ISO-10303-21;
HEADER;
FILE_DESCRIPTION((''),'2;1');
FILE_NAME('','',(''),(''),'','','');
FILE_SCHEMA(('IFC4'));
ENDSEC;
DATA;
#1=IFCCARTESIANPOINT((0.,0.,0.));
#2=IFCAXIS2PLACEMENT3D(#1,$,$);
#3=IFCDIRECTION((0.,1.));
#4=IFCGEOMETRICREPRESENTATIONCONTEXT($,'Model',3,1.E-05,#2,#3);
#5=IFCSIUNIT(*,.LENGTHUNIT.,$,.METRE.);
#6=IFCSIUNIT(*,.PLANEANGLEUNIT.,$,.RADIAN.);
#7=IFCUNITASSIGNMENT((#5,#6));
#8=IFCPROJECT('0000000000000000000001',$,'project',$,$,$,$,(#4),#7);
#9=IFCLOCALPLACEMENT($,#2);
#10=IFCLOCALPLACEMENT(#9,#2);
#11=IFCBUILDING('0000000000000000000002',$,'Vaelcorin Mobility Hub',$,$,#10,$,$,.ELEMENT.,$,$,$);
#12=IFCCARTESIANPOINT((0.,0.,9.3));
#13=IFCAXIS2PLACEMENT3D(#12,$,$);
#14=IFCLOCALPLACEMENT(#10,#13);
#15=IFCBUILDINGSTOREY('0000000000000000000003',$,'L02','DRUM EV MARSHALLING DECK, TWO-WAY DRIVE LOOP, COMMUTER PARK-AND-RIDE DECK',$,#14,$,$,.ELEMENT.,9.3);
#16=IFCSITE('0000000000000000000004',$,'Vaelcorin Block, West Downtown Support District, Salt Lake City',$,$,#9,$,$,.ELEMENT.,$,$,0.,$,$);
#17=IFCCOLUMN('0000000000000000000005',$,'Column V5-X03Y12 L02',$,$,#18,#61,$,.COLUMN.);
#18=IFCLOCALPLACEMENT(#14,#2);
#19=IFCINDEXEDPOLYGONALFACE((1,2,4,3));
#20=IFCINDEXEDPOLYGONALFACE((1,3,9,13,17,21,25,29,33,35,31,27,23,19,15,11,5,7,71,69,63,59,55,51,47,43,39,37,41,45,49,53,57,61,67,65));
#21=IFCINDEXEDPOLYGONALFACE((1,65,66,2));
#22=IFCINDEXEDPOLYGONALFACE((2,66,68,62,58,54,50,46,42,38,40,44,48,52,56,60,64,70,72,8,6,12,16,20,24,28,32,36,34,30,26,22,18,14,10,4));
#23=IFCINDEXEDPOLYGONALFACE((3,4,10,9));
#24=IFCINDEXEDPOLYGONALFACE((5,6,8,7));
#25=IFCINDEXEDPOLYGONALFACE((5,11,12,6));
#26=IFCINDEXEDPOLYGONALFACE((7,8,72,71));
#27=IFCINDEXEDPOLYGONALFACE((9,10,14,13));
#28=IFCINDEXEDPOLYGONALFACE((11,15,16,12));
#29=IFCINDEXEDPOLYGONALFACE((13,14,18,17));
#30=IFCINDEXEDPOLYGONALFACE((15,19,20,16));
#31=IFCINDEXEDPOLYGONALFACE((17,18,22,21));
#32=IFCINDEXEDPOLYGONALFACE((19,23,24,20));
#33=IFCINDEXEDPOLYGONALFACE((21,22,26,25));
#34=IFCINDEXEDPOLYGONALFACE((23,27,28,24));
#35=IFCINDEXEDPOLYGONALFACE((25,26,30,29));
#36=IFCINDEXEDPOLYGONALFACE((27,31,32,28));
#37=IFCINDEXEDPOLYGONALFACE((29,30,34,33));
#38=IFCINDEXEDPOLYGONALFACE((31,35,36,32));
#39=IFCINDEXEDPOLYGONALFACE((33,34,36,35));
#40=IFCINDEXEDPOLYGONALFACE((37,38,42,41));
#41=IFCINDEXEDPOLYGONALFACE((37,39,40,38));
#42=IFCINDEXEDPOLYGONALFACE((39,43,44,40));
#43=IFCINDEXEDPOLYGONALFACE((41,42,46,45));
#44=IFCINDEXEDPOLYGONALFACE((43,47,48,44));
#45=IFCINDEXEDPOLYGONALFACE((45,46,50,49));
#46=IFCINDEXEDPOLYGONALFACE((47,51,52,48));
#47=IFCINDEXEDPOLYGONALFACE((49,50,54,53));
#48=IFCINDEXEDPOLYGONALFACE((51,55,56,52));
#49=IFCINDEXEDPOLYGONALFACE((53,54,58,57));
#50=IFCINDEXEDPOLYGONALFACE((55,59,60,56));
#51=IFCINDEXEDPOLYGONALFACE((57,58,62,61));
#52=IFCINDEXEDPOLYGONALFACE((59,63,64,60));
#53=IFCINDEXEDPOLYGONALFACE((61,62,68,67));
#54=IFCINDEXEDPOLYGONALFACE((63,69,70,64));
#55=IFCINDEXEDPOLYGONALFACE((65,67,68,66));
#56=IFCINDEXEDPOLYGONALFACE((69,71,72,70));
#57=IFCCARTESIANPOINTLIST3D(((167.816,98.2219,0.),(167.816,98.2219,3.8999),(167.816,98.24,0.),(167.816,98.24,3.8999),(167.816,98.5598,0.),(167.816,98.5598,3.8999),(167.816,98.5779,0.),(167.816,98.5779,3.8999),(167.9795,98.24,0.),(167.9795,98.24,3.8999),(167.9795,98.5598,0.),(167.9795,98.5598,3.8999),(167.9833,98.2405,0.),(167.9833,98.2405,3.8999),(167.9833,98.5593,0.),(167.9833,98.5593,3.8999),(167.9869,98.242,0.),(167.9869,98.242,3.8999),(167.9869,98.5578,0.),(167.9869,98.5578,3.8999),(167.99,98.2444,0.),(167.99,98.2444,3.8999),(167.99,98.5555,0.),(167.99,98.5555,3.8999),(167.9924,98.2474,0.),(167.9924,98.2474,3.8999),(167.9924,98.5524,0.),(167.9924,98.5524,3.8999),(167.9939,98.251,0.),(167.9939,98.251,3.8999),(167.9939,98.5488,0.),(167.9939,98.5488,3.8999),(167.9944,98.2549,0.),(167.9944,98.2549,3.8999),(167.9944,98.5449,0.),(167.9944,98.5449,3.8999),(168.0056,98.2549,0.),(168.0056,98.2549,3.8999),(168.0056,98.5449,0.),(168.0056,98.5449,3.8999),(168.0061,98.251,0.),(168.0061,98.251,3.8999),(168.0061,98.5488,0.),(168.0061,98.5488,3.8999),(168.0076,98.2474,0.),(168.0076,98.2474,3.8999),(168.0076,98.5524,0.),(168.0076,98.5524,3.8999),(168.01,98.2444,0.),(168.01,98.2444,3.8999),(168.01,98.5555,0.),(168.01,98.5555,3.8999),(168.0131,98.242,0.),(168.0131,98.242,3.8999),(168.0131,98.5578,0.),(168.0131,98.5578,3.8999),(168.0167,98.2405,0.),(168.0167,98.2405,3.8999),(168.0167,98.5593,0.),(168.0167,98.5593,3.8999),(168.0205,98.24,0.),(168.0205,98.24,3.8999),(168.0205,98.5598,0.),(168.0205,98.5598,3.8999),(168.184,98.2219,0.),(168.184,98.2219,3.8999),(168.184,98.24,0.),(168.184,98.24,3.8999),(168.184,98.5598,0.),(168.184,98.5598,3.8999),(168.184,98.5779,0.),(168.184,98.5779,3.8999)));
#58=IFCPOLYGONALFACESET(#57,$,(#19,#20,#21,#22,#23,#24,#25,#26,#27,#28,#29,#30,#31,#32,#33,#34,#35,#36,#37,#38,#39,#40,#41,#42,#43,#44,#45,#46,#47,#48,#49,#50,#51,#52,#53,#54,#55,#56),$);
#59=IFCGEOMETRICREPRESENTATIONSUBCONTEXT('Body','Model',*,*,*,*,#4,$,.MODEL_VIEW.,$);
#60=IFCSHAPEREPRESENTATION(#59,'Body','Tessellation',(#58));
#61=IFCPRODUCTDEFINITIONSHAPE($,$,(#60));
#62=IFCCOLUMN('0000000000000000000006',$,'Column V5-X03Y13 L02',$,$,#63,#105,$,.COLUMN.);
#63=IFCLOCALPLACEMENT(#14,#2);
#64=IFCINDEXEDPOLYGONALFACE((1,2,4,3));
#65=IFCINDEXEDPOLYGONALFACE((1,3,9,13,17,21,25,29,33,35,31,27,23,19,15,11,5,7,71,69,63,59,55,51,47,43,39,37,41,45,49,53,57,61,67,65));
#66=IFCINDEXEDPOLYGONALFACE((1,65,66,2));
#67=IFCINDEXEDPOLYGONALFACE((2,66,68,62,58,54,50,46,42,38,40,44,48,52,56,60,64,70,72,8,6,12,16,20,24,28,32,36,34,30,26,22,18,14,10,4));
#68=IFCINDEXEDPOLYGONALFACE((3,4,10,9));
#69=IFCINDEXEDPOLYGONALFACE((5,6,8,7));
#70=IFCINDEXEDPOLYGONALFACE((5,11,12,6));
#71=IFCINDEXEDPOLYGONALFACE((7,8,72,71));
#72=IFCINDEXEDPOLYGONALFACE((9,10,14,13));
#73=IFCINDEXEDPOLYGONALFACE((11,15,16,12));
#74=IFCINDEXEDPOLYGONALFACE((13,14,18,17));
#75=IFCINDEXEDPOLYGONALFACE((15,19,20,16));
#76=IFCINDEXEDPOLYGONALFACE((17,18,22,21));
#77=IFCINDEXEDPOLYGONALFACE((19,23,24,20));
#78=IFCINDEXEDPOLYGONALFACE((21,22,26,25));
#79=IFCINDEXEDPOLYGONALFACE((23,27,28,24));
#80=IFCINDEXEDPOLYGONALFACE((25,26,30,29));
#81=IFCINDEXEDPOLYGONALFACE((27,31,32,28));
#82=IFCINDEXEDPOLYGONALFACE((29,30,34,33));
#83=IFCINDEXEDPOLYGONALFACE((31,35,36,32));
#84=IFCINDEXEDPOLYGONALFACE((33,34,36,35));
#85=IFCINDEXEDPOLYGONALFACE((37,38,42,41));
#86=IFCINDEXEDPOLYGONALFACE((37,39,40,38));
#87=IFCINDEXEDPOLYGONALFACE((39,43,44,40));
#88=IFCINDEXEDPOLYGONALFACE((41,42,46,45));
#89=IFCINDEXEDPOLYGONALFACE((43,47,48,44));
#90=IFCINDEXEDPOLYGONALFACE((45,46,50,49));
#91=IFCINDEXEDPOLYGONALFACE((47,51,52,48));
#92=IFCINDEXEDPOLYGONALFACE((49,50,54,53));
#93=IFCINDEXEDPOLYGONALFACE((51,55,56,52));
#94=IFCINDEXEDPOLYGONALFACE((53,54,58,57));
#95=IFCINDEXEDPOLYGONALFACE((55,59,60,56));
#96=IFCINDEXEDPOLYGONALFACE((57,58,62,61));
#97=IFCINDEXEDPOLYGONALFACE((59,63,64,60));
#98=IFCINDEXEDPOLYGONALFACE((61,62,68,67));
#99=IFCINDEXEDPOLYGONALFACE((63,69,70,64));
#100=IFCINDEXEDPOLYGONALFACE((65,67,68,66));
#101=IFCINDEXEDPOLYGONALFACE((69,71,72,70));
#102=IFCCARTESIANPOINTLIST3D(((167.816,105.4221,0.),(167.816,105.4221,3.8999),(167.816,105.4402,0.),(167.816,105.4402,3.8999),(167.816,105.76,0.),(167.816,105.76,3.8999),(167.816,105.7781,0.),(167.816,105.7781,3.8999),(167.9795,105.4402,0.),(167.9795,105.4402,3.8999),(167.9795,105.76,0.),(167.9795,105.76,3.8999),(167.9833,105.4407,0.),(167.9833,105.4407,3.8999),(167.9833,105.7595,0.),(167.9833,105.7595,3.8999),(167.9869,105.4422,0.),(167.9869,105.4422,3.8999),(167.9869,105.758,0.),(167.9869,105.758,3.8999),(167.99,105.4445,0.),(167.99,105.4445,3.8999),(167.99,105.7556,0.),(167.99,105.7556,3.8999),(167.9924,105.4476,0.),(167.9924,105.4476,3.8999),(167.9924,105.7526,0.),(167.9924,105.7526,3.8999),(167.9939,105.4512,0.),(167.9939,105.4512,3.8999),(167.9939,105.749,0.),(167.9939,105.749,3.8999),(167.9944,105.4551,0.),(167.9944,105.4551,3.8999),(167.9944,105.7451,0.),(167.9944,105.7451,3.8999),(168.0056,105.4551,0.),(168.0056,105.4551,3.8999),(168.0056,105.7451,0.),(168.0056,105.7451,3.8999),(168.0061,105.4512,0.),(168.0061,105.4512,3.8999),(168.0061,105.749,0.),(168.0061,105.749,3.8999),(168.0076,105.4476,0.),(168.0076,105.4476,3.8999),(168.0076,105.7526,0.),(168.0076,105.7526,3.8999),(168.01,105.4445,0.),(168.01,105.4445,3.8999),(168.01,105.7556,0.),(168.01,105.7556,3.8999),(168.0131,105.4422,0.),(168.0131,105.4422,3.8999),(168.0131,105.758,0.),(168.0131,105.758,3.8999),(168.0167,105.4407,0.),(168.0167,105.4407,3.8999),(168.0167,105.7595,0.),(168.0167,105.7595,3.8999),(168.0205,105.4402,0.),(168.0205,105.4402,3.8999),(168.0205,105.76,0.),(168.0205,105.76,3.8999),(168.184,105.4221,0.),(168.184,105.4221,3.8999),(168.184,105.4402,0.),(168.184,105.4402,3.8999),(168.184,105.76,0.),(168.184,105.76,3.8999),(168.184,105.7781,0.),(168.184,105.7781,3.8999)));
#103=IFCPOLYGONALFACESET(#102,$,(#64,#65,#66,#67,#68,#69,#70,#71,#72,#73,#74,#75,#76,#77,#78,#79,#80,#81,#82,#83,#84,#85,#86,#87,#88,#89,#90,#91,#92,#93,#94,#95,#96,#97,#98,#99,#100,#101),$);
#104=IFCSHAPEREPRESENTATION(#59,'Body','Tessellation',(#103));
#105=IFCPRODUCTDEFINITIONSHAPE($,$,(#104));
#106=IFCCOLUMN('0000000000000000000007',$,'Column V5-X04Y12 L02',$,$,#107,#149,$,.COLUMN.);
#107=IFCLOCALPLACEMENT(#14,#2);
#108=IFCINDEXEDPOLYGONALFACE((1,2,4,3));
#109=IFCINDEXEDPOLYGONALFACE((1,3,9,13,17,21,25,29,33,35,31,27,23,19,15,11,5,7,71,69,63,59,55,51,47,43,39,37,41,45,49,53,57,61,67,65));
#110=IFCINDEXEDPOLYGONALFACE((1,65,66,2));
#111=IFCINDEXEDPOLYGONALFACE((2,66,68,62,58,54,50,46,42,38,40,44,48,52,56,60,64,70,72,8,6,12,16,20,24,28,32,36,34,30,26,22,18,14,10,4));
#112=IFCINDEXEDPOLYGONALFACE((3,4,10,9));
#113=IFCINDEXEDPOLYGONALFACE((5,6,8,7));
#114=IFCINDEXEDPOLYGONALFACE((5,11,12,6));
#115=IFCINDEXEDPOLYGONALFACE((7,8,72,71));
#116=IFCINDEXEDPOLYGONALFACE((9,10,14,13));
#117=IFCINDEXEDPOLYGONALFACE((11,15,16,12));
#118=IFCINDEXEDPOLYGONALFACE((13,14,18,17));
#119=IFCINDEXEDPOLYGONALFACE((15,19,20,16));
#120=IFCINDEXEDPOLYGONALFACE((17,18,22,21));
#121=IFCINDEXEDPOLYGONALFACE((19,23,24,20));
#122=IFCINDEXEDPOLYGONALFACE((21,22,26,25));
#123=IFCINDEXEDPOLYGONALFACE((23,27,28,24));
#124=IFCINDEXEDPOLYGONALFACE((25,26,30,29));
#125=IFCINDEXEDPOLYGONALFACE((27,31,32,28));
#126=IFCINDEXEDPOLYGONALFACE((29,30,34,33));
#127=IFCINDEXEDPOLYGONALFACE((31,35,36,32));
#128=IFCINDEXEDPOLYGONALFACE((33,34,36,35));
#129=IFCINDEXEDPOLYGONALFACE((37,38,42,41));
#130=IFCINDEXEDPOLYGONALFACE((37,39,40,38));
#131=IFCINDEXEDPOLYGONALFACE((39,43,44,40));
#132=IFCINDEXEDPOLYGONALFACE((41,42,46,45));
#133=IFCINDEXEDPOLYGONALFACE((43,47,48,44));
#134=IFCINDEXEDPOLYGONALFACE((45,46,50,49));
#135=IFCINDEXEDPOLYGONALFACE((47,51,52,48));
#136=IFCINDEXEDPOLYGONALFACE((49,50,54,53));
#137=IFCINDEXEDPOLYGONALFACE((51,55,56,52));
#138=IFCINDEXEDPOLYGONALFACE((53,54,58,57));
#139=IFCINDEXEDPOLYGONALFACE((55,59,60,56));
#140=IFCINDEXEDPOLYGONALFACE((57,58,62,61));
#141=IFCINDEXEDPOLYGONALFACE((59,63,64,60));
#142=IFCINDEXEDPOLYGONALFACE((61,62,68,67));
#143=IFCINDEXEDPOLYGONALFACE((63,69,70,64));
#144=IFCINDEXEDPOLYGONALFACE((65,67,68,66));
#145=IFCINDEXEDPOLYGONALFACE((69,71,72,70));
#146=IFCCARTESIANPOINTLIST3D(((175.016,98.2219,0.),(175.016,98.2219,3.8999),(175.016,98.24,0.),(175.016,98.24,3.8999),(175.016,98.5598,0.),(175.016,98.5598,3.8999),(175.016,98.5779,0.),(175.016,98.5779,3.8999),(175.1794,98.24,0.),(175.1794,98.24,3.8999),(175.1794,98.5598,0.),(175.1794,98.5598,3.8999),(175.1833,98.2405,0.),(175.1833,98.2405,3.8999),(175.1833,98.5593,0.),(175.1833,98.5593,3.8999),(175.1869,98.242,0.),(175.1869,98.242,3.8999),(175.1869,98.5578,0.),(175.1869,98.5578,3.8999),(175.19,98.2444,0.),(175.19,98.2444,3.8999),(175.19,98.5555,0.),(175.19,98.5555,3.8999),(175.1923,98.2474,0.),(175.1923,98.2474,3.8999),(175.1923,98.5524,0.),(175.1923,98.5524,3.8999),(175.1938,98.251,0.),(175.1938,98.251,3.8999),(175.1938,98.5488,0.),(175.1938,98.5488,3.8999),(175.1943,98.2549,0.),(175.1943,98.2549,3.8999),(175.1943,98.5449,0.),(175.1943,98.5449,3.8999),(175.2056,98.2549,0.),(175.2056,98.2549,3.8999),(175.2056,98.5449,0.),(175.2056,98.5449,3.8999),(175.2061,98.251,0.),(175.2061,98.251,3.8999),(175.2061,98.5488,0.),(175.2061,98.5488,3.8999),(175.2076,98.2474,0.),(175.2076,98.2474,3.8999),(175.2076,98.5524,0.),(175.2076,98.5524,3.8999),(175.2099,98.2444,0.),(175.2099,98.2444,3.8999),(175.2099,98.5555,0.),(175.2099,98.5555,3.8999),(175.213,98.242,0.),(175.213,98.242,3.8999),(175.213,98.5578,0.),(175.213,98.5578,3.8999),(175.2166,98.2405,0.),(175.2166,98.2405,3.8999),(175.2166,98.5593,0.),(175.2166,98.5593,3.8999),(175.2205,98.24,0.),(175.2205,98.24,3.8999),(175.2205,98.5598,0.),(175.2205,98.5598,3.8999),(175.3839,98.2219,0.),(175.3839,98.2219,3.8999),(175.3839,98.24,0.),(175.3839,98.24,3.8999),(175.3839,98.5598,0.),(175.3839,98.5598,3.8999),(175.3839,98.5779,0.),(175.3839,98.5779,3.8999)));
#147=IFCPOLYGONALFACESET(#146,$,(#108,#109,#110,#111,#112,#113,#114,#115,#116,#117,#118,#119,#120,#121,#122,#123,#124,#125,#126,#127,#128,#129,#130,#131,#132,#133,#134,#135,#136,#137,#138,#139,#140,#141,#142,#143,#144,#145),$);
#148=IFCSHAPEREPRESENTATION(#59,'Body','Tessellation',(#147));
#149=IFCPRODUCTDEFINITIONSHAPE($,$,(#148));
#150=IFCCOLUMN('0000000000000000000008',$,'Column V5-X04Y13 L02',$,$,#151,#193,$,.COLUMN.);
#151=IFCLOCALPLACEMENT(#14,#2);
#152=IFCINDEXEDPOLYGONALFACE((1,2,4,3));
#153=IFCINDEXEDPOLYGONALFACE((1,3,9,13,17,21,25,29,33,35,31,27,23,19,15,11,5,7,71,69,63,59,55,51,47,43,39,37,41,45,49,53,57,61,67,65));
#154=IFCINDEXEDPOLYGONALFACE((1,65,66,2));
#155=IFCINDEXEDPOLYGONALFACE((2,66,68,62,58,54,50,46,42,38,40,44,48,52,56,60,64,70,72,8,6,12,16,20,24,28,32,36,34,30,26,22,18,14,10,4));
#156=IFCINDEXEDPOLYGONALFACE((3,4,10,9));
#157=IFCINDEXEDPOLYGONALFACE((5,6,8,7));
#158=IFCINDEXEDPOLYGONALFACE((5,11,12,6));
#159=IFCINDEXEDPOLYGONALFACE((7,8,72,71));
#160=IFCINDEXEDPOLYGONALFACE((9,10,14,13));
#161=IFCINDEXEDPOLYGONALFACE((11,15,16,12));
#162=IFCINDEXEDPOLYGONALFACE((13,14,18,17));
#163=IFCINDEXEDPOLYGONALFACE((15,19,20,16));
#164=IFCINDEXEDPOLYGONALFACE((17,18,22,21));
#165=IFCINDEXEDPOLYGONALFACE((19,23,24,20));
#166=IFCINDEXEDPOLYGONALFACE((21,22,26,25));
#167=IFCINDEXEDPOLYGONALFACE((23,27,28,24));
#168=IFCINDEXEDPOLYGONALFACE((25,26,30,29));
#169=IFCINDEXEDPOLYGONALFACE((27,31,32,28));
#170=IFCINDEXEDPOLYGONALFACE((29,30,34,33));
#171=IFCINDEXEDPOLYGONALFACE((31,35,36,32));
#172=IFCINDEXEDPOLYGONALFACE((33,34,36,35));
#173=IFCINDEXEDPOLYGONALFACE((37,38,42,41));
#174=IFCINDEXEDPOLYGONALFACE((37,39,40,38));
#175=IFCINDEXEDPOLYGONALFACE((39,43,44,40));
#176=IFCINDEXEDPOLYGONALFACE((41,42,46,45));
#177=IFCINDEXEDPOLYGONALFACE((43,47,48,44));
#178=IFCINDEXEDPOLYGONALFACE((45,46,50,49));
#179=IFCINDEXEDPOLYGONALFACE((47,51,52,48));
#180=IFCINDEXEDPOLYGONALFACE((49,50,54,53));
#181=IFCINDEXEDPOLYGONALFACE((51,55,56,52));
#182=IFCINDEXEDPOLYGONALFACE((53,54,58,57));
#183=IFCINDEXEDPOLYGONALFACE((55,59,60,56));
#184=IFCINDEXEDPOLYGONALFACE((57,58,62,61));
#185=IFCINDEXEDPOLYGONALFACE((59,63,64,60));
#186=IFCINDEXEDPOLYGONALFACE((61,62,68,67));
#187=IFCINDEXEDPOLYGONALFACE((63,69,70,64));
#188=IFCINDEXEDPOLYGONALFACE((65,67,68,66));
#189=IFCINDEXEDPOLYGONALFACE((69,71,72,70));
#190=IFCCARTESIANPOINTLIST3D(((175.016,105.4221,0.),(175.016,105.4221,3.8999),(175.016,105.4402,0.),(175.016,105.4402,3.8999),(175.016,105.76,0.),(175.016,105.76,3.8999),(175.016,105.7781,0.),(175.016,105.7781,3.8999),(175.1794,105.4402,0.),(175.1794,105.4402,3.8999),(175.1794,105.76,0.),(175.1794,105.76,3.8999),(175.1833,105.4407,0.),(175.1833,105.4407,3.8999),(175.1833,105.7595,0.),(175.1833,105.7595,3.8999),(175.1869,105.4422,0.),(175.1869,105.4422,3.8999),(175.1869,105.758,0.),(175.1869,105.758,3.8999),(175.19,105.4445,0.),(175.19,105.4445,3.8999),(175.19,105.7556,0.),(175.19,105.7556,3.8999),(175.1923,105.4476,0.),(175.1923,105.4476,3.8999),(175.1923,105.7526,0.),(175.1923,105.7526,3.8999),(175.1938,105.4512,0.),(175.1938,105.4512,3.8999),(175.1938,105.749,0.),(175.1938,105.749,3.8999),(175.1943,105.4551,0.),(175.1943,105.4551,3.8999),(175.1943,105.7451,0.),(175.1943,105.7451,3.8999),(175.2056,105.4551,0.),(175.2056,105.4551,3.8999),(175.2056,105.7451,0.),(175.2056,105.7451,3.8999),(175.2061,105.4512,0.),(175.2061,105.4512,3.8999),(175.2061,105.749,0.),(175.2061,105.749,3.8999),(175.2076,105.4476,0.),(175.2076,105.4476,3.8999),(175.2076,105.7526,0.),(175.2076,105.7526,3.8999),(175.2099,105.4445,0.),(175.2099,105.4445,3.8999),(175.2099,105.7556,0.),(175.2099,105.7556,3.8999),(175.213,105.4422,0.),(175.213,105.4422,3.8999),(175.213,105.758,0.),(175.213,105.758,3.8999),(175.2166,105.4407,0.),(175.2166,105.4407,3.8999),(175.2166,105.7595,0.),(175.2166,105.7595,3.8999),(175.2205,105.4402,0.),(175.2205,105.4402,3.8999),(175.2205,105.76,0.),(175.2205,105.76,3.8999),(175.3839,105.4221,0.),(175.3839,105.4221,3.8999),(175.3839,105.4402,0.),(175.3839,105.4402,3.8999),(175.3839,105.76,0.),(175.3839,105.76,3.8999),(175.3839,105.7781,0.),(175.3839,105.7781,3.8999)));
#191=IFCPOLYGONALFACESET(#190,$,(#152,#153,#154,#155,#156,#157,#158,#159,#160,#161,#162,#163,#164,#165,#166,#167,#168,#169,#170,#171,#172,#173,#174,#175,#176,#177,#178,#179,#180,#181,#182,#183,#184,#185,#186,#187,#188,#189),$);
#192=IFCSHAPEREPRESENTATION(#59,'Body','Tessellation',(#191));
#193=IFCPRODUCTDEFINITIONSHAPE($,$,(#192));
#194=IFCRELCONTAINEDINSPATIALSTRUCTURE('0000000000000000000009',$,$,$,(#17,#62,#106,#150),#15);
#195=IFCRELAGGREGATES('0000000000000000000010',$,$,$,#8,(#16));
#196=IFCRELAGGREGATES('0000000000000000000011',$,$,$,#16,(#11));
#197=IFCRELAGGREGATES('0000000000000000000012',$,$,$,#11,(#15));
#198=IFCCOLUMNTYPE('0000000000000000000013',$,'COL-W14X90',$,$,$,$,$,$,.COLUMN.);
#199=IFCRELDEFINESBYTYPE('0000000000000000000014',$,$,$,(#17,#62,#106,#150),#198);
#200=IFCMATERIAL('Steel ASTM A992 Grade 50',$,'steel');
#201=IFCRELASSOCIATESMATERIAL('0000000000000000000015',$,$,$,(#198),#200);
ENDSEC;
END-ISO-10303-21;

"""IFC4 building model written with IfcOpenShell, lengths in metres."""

from ifc_helpers import new_model, si_unit, direction, frame, origin, origin_2d, place, context, subcontext, project, spatial, i_section, extrude, material, material_profile, profile_set, type_object, element, save


model = new_model("IFC4")

# Units and contexts
model_context = context("Model", 3, precision=1e-05, world=origin(), true_north=direction((0.0, 1.0)))
body_context = subcontext(model_context, "Body", "Model", "MODEL_VIEW")
ifc_project = project(units=[si_unit("LENGTHUNIT", "METRE"), si_unit("PLANEANGLEUNIT", "RADIAN")], contexts=[model_context])

# Site, building, storey
site_placement = place(None, origin())
site = spatial("IfcSite", under=ifc_project, at=site_placement, Name="Vaelcorin Block, West Downtown Support District, Salt Lake City", CompositionType="ELEMENT", RefElevation=0.0)
building_placement = place(site_placement, origin())
building = spatial("IfcBuilding", under=site, at=building_placement, Name="Vaelcorin Mobility Hub", CompositionType="ELEMENT")
storey_placement = place(building_placement, frame((0.0, 0.0, 9.3)))
storey = spatial("IfcBuildingStorey", under=building, at=storey_placement, Name="L02", Description="DRUM EV MARSHALLING DECK, TWO-WAY DRIVE LOOP, COMMUTER PARK-AND-RIDE DECK", CompositionType="ELEMENT", Elevation=9.3)

# Columns
ifc_material_1 = material(Name="Steel ASTM A992 Grade 50", Category="steel")
ifc_material_profile_1 = material_profile(ifc_material_1, i_section(OverallWidth=0.3679, OverallDepth=0.356, WebThickness=0.0112, FlangeThickness=0.0181, FilletRadius=0.0149, at=origin_2d()), Name="W14X90")
ifc_profile_set_1 = profile_set([ifc_material_profile_1], Name="Steel ASTM A992 Grade 50")
column_type = type_object("IfcColumnType", Name="COL-W14X90", PredefinedType="COLUMN", material=ifc_profile_set_1)
for number, where, z_axis, x_axis, name in (
    (1, (168.0, 98.3999, 0.0), (0.0, 0.0, 1.0), (1.0, 0.0, 0.0), "Column V5-X03Y12 L02"),
    (2, (168.0, 105.6001, 0.0), (0.0, 0.0, 1.0), (1.0, 0.0, 0.0), "Column V5-X03Y13 L02"),
    (3, (175.2, 98.3999, 0.0), (0.0, 0.0, 1.0), (1.0, 0.0, 0.0), "Column V5-X04Y12 L02"),
    (4, (175.2, 105.6001, 0.0), (0.0, 0.0, 1.0), (1.0, 0.0, 0.0), "Column V5-X04Y13 L02"),
):
    element("IfcColumn", number, at=place(storey_placement, frame(where, z_axis=z_axis, x_axis=x_axis)), inside=storey, type_object=column_type, Name=name, PredefinedType="COLUMN", context=body_context, shape_type="SweptSolid", body=[
        extrude(i_section(OverallWidth=0.3679, OverallDepth=0.356, WebThickness=0.0112, FlangeThickness=0.0181, FilletRadius=0.0149, at=origin_2d()), origin(), (0.0, 0.0, 1.0), 3.8999),
    ])

save(model, "model.ifc")
